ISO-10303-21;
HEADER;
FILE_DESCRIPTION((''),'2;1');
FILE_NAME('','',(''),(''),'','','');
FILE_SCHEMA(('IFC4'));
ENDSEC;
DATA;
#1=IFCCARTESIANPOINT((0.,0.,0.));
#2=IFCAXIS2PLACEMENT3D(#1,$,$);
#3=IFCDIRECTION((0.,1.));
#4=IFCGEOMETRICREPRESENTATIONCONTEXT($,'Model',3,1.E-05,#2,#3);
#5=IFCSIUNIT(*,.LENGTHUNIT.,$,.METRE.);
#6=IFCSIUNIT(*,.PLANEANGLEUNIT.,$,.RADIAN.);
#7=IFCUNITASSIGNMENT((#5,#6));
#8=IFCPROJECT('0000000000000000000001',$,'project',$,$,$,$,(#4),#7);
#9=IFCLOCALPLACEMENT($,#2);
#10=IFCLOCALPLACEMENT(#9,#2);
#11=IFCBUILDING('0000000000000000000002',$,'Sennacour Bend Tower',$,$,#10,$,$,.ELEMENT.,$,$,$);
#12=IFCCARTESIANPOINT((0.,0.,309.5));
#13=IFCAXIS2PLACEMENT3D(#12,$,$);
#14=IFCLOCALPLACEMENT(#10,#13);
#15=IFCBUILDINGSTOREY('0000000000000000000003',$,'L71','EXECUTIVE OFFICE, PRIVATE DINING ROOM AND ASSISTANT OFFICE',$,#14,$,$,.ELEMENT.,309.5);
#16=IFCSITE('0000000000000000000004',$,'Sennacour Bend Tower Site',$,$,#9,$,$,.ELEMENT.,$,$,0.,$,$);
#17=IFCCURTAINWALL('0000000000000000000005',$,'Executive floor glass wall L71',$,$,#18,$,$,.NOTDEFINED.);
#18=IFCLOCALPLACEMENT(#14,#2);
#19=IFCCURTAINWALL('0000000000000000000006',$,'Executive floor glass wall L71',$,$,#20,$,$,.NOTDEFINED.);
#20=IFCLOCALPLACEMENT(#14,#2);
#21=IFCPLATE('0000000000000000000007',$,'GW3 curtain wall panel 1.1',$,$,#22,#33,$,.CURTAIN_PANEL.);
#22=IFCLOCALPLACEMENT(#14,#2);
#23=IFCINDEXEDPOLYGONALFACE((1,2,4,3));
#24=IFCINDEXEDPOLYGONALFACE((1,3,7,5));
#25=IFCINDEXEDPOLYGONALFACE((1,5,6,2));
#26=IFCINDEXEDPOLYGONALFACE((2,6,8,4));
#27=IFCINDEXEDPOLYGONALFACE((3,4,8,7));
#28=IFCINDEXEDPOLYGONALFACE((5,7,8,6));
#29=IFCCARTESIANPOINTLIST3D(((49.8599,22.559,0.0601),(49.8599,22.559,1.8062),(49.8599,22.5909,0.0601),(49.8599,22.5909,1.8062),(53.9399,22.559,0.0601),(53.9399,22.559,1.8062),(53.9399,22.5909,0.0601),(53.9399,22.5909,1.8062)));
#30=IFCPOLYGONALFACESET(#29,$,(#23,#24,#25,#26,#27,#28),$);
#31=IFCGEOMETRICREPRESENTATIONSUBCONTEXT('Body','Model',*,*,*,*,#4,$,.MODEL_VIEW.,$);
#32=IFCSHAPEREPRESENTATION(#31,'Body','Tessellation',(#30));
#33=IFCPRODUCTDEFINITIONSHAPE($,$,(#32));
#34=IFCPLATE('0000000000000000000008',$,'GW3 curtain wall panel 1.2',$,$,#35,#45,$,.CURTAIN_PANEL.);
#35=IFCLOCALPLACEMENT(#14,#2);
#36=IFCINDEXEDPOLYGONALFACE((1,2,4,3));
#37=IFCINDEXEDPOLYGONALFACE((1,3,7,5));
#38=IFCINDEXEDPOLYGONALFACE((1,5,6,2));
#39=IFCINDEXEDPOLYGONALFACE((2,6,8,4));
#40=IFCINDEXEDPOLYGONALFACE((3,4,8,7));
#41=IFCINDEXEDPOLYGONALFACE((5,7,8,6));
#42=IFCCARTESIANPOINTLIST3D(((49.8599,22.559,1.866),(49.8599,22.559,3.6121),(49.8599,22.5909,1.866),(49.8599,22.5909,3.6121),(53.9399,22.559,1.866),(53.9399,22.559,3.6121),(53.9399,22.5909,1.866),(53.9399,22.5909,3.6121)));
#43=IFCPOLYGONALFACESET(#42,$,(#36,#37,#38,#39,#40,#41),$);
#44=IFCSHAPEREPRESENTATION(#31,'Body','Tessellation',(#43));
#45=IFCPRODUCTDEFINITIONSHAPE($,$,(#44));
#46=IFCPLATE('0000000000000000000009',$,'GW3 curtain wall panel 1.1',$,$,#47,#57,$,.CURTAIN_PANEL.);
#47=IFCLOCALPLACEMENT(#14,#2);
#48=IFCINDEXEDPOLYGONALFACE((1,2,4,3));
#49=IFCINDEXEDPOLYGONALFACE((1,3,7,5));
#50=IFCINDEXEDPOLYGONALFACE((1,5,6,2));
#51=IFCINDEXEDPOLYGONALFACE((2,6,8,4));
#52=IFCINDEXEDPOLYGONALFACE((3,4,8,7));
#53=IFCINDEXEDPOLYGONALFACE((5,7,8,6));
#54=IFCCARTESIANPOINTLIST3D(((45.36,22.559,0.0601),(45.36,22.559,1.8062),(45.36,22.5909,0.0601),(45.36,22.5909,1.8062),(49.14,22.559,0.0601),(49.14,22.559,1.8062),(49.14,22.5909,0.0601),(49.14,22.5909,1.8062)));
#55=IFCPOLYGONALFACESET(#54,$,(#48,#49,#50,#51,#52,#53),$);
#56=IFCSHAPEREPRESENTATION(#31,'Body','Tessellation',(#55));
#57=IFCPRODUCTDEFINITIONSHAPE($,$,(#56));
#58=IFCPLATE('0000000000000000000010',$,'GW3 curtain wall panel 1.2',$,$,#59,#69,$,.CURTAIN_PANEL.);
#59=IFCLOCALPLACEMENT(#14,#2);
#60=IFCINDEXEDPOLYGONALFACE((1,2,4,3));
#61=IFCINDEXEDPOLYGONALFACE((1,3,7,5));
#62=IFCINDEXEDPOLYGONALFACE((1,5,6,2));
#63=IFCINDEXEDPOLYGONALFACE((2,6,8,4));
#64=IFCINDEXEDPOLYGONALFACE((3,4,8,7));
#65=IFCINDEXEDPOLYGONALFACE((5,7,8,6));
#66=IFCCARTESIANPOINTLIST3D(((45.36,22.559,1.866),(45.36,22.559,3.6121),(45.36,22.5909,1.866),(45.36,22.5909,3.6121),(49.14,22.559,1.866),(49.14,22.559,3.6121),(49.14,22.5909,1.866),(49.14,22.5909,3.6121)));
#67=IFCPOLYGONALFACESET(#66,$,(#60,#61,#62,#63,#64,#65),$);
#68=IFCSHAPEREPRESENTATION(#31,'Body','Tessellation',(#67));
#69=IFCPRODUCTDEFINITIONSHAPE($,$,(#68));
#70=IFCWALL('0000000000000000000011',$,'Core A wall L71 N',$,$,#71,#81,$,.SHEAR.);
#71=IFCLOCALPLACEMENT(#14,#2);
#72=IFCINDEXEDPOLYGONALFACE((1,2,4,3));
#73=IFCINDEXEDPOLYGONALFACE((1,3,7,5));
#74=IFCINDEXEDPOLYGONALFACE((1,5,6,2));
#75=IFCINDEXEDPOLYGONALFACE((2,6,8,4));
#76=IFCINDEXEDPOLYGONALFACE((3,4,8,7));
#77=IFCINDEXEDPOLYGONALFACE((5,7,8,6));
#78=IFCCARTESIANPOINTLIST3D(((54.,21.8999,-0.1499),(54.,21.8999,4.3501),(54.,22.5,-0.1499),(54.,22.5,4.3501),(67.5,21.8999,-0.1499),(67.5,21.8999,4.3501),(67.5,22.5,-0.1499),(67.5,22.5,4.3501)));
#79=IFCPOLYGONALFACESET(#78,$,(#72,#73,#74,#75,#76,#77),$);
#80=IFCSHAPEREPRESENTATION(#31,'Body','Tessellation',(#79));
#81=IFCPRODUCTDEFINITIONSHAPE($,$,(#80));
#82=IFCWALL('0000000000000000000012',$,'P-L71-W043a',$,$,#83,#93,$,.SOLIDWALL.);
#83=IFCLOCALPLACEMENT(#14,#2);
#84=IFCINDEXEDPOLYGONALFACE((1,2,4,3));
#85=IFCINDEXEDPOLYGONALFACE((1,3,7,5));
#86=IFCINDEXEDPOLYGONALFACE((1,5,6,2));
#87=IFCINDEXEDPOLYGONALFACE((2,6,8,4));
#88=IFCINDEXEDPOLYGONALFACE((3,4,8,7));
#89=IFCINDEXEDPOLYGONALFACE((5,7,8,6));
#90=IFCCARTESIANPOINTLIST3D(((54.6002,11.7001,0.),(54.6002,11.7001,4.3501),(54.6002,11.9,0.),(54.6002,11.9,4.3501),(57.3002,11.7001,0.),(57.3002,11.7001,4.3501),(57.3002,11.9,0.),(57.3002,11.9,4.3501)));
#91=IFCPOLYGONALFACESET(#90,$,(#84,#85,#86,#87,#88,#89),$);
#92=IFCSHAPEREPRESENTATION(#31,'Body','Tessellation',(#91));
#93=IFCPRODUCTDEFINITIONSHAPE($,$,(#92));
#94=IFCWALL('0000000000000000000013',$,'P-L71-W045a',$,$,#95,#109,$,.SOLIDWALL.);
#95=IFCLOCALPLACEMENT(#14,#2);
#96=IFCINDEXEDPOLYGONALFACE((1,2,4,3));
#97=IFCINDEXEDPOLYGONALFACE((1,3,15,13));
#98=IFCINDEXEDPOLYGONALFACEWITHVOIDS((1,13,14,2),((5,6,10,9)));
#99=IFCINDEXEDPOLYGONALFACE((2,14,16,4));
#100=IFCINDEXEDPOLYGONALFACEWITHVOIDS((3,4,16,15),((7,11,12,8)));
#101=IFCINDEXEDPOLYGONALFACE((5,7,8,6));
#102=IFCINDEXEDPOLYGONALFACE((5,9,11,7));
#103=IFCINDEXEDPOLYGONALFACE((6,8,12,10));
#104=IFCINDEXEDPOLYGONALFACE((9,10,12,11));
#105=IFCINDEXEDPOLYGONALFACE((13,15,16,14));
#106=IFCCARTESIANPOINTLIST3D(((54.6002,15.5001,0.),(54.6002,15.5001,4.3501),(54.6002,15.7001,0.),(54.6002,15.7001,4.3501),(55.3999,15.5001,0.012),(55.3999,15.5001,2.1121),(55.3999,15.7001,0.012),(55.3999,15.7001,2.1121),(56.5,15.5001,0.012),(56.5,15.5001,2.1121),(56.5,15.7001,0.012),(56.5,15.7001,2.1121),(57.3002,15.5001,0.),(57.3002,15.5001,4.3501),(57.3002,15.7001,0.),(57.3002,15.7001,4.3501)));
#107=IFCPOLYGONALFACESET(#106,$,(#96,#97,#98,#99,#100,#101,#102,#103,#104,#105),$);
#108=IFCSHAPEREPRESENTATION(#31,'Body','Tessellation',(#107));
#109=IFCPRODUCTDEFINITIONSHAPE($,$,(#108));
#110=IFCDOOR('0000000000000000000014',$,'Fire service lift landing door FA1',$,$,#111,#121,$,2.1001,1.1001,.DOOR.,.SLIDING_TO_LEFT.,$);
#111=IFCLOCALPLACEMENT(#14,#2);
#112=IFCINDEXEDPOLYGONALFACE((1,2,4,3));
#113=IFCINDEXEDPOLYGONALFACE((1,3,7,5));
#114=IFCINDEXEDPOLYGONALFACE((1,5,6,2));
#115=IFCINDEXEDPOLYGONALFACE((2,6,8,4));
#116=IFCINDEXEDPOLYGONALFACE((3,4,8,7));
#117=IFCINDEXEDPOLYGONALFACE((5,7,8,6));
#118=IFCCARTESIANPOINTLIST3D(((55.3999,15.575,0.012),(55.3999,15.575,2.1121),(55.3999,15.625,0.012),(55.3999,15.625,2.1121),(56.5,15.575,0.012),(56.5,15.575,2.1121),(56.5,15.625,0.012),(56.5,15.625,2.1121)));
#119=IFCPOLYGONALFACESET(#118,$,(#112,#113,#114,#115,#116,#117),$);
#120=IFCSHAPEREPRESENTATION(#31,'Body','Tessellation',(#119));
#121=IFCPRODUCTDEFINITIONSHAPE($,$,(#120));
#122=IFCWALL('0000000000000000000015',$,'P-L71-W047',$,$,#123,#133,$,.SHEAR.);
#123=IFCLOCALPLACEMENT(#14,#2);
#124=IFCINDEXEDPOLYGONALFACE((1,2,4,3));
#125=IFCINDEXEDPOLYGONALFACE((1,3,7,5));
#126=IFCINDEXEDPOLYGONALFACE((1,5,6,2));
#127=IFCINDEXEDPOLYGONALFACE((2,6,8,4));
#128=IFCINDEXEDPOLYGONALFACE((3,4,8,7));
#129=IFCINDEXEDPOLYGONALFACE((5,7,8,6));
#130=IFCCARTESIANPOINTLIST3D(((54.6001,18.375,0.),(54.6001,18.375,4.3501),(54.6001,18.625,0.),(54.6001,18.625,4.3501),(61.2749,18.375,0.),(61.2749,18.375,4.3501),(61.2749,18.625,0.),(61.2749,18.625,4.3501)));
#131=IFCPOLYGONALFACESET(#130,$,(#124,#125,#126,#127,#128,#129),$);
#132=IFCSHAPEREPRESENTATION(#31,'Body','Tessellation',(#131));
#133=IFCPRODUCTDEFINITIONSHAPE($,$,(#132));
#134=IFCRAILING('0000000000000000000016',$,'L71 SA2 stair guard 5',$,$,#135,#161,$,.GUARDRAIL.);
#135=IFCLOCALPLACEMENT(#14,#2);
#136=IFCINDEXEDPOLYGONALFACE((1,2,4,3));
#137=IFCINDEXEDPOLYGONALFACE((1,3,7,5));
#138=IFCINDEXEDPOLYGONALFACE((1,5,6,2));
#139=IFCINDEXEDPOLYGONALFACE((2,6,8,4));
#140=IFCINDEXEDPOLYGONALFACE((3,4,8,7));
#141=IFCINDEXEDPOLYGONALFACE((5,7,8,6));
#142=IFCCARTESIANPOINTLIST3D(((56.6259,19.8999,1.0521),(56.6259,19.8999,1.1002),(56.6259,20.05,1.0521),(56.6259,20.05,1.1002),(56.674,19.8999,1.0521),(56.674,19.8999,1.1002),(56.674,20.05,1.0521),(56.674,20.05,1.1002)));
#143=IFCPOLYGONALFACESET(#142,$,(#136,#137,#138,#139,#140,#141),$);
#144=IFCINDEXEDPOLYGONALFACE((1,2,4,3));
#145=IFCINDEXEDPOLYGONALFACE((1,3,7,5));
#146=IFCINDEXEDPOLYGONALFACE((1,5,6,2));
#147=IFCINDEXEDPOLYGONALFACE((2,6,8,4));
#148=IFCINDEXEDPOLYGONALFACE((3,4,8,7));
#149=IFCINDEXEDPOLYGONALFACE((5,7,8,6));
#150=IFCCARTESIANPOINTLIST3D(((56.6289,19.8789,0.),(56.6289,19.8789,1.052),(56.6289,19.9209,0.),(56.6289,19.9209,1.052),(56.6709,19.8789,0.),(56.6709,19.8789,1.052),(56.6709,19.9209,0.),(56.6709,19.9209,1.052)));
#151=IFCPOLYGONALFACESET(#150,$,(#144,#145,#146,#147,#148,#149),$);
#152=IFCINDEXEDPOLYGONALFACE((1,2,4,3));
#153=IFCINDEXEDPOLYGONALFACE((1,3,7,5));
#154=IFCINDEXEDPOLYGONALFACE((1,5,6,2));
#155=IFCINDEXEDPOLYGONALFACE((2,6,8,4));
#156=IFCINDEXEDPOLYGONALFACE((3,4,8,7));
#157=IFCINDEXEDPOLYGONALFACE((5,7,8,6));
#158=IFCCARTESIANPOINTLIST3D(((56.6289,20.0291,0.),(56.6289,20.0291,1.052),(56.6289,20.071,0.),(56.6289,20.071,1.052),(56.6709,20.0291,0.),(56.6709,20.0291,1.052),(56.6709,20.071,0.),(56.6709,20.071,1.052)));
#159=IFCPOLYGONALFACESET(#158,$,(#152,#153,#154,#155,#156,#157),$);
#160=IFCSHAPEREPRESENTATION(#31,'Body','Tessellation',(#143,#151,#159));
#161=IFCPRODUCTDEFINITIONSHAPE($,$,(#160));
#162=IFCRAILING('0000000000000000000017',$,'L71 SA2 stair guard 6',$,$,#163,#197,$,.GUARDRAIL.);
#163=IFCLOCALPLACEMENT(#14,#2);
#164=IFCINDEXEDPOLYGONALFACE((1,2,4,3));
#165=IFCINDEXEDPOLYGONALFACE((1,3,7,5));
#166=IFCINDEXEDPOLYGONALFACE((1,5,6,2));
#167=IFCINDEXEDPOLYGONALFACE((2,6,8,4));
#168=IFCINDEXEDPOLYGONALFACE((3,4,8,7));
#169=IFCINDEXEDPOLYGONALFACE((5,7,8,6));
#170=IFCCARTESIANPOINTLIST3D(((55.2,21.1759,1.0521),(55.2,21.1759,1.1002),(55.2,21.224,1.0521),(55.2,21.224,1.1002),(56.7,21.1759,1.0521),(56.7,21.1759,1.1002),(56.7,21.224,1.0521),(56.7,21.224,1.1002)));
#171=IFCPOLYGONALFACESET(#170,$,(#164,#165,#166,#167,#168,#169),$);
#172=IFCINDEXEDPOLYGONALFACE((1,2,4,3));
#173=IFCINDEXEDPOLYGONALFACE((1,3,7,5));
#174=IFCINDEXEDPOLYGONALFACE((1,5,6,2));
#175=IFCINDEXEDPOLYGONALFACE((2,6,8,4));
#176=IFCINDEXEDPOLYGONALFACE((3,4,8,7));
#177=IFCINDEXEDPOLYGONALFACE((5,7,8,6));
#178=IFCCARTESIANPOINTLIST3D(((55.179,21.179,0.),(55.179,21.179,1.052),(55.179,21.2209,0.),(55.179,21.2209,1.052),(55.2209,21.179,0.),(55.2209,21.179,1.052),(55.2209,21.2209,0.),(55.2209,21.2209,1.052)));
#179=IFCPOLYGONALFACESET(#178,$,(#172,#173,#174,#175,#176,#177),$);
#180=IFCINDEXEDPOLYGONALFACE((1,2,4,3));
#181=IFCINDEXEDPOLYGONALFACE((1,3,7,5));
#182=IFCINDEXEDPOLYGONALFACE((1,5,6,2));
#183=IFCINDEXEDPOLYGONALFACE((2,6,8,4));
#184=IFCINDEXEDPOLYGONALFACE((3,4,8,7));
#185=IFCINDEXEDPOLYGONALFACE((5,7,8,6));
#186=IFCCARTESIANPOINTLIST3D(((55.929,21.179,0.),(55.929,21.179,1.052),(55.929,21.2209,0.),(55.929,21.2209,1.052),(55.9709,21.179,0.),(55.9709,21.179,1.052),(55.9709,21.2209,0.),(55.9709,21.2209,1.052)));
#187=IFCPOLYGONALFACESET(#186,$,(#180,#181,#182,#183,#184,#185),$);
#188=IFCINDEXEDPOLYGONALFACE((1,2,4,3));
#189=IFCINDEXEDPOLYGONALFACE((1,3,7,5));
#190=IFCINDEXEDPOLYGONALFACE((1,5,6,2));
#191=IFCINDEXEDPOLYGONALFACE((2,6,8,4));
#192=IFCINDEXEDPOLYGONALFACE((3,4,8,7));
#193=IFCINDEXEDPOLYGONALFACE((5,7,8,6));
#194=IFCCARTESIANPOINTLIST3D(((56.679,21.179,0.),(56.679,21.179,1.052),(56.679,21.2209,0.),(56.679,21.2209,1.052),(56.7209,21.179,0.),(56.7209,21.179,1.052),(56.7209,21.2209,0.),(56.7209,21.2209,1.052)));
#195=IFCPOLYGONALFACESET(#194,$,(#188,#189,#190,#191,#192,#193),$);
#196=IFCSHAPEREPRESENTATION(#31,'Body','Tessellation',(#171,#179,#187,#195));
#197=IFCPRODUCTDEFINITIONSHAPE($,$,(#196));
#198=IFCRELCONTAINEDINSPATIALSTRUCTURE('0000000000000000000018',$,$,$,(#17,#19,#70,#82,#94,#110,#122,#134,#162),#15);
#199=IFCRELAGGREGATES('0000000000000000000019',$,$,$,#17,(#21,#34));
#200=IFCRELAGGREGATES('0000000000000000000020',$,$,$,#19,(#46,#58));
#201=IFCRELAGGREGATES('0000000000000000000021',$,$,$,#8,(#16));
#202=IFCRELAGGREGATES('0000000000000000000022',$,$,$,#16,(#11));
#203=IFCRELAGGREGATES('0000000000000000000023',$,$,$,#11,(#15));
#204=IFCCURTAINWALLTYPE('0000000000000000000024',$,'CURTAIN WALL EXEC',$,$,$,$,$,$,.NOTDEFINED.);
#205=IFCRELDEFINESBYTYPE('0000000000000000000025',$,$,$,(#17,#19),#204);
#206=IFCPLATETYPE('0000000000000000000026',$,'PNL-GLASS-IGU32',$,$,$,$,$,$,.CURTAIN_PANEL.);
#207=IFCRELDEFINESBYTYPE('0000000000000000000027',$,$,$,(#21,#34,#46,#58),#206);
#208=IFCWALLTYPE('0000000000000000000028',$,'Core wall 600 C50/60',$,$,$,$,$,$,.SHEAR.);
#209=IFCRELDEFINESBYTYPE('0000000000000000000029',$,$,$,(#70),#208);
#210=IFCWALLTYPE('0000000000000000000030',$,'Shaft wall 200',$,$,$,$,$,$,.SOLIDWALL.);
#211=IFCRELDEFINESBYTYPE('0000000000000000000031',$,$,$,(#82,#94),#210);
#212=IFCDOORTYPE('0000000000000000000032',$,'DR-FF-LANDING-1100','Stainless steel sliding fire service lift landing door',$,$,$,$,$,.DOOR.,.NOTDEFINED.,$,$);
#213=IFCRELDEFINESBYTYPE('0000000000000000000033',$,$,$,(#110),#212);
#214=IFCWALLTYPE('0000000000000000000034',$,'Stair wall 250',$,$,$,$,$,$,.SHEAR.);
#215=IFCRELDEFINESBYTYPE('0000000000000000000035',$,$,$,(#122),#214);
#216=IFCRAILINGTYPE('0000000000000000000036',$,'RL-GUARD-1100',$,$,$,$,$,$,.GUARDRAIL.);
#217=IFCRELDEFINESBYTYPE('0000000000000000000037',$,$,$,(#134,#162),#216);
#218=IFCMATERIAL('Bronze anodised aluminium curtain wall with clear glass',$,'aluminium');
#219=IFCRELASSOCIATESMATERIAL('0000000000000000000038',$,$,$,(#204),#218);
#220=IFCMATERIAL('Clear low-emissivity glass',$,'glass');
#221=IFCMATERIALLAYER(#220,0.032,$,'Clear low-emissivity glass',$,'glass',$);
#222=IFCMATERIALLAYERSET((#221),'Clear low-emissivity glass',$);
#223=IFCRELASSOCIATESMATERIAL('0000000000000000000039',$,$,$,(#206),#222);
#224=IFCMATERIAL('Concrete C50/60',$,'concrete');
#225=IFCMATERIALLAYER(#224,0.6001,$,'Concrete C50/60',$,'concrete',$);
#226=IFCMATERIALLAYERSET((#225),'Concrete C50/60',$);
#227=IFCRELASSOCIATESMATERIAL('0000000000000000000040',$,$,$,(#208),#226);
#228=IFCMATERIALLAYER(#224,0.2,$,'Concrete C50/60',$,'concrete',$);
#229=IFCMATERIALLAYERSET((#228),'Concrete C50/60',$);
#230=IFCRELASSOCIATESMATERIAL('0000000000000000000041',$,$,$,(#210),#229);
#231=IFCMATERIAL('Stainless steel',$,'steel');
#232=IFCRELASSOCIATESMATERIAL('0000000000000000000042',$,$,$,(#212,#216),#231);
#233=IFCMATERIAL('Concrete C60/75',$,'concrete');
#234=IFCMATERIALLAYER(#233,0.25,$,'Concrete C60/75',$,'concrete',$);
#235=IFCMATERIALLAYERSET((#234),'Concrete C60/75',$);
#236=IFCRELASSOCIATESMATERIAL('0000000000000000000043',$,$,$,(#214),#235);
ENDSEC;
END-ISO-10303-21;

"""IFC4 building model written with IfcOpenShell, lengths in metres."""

from ifc_helpers import new_model, si_unit, direction, frame, frame_2d, origin, origin_2d, place, context, subcontext, project, spatial, rectangle, extrude, material, layer, layer_set, type_object, element, fill, aggregate, save


model = new_model("IFC4")

# Units and contexts
model_context = context("Model", 3, precision=1e-05, world=origin(), true_north=direction((0.0, 1.0)))
body_context = subcontext(model_context, "Body", "Model", "MODEL_VIEW")
ifc_project = project(units=[si_unit("LENGTHUNIT", "METRE"), si_unit("PLANEANGLEUNIT", "RADIAN")], contexts=[model_context])

# Site, building, storey
site_placement = place(None, origin())
site = spatial("IfcSite", under=ifc_project, at=site_placement, Name="Sennacour Bend Tower Site", CompositionType="ELEMENT", RefElevation=0.0)
building_placement = place(site_placement, origin())
building = spatial("IfcBuilding", under=site, at=building_placement, Name="Sennacour Bend Tower", CompositionType="ELEMENT")
storey_placement = place(building_placement, frame((0.0, 0.0, 309.5)))
storey = spatial("IfcBuildingStorey", under=building, at=storey_placement, Name="L71", Description="EXECUTIVE OFFICE, PRIVATE DINING ROOM AND ASSISTANT OFFICE", CompositionType="ELEMENT", Elevation=309.5)

# Curtain wall
ifc_material_1 = material(Name="Bronze anodised aluminium curtain wall with clear glass", Category="aluminium")
curtain_wall_type = type_object("IfcCurtainWallType", Name="CURTAIN WALL EXEC", PredefinedType="NOTDEFINED", material=ifc_material_1)
curtain_wall_1_placement = place(storey_placement, origin())
curtain_wall_1 = element("IfcCurtainWall", 1, at=curtain_wall_1_placement, inside=storey, type_object=curtain_wall_type, Name="Executive floor glass wall L71", PredefinedType="NOTDEFINED")

# Curtain wall
curtain_wall_2_placement = place(storey_placement, origin())
curtain_wall_2 = element("IfcCurtainWall", 2, at=curtain_wall_2_placement, inside=storey, type_object=curtain_wall_type, Name="Executive floor glass wall L71", PredefinedType="NOTDEFINED")

# Plates
ifc_material_2 = material(Name="Clear low-emissivity glass", Category="glass")
ifc_layer_1 = layer(ifc_material_2, 0.032, Name="Clear low-emissivity glass", Category="glass")
ifc_layer_set_1 = layer_set([ifc_layer_1], Name="Clear low-emissivity glass")
plate_type = type_object("IfcPlateType", Name="PNL-GLASS-IGU32", PredefinedType="CURTAIN_PANEL", material=ifc_layer_set_1)
plate_1_placement = place(storey_placement, frame((51.8999, 22.575, 0.0601), z_axis=(0.0, 0.0, 1.0), x_axis=(-1.0, 0.0, 0.0)))
plate_1 = element("IfcPlate", 3, at=plate_1_placement, type_object=plate_type, Name="GW3 curtain wall panel 1.1", PredefinedType="CURTAIN_PANEL", context=body_context, shape_type="SweptSolid", body=[
    extrude(rectangle(XDim=4.0801, YDim=0.032, at=origin_2d()), origin(), (0.0, 0.0, 1.0), 1.7461),
])
plate_2_placement = place(storey_placement, frame((51.8999, 22.575, 1.866), z_axis=(0.0, 0.0, 1.0), x_axis=(-1.0, 0.0, 0.0)))
plate_2 = element("IfcPlate", 4, at=plate_2_placement, type_object=plate_type, Name="GW3 curtain wall panel 1.2", PredefinedType="CURTAIN_PANEL", context=body_context, shape_type="SweptSolid", body=[
    extrude(rectangle(XDim=4.0801, YDim=0.032, at=origin_2d()), origin(), (0.0, 0.0, 1.0), 1.7461),
])
aggregate(curtain_wall_1, [plate_1, plate_2])
plate_3_placement = place(storey_placement, frame((47.25, 22.575, 0.0601), z_axis=(0.0, 0.0, 1.0), x_axis=(-1.0, 0.0, 0.0)))
plate_3 = element("IfcPlate", 5, at=plate_3_placement, type_object=plate_type, Name="GW3 curtain wall panel 1.1", PredefinedType="CURTAIN_PANEL", context=body_context, shape_type="SweptSolid", body=[
    extrude(rectangle(XDim=3.78, YDim=0.032, at=origin_2d()), origin(), (0.0, 0.0, 1.0), 1.7461),
])
plate_4_placement = place(storey_placement, frame((47.25, 22.575, 1.866), z_axis=(0.0, 0.0, 1.0), x_axis=(-1.0, 0.0, 0.0)))
plate_4 = element("IfcPlate", 6, at=plate_4_placement, type_object=plate_type, Name="GW3 curtain wall panel 1.2", PredefinedType="CURTAIN_PANEL", context=body_context, shape_type="SweptSolid", body=[
    extrude(rectangle(XDim=3.78, YDim=0.032, at=origin_2d()), origin(), (0.0, 0.0, 1.0), 1.7461),
])
aggregate(curtain_wall_2, [plate_3, plate_4])

# Walls
ifc_material_3 = material(Name="Concrete C50/60", Category="concrete")
ifc_layer_2 = layer(ifc_material_3, 0.6001, Name="Concrete C50/60", Category="concrete")
ifc_layer_set_2 = layer_set([ifc_layer_2], Name="Concrete C50/60")
wall_type_1 = type_object("IfcWallType", Name="Core wall 600 C50/60", PredefinedType="SHEAR", material=ifc_layer_set_2)
wall_1_placement = place(storey_placement, frame((54.0, 22.2, -0.1499), z_axis=(0.0, 0.0, 1.0), x_axis=(1.0, 0.0, 0.0)))
element("IfcWall", 7, at=wall_1_placement, inside=storey, type_object=wall_type_1, Name="Core A wall L71 N", PredefinedType="SHEAR", context=body_context, shape_type="SweptSolid", body=[
    extrude(rectangle(XDim=13.5, YDim=0.6001, at=frame_2d((6.75, 0.0))), origin(), (0.0, 0.0, 1.0), 4.5),
])
ifc_layer_3 = layer(ifc_material_3, 0.2, Name="Concrete C50/60", Category="concrete")
ifc_layer_set_3 = layer_set([ifc_layer_3], Name="Concrete C50/60")
wall_type_2 = type_object("IfcWallType", Name="Shaft wall 200", PredefinedType="SOLIDWALL", material=ifc_layer_set_3)
wall_2_placement = place(storey_placement, frame((54.6001, 11.8, 0.0), z_axis=(0.0, 0.0, 1.0), x_axis=(1.0, 0.0, 0.0)))
element("IfcWall", 8, at=wall_2_placement, inside=storey, type_object=wall_type_2, Name="P-L71-W043a", PredefinedType="SOLIDWALL", context=body_context, shape_type="SweptSolid", body=[
    extrude(rectangle(XDim=2.7, YDim=0.2, at=frame_2d((1.3501, 0.0))), origin(), (0.0, 0.0, 1.0), 4.3501),
])

# Wall, opening, door
wall_3_placement = place(storey_placement, frame((54.6001, 15.6001, 0.0), z_axis=(0.0, 0.0, 1.0), x_axis=(1.0, 0.0, 0.0)))
wall_3 = element("IfcWall", 9, at=wall_3_placement, inside=storey, type_object=wall_type_2, Name="P-L71-W045a", PredefinedType="SOLIDWALL", context=body_context, shape_type="SweptSolid", body=[
    extrude(rectangle(XDim=2.7, YDim=0.2, at=frame_2d((1.3501, 0.0))), origin(), (0.0, 0.0, 1.0), 4.3501),
])
opening_placement = place(wall_3_placement, frame((0.7998, 0.0, 0.012)))
opening = element("IfcOpeningElement", 10, at=opening_placement, cuts=wall_3, PredefinedType="OPENING", context=body_context, shape_type="SweptSolid", body=[
    extrude(rectangle(XDim=1.1001, YDim=2.1001, at=frame_2d((0.55, 1.05))), frame((0.0, 0.1099, 0.0), z_axis=(0.0, -1.0, 0.0), x_axis=(1.0, 0.0, 0.0)), (0.0, 0.0, 1.0), 0.22),
])
ifc_material_4 = material(Name="Stainless steel", Category="steel")
door_type = type_object("IfcDoorType", Name="DR-FF-LANDING-1100", Description="Stainless steel sliding fire service lift landing door", OperationType="NOTDEFINED", PredefinedType="DOOR", material=ifc_material_4)
door_placement = place(opening_placement, origin())
door = element("IfcDoor", 11, at=door_placement, inside=storey, type_object=door_type, Name="Fire service lift landing door FA1", OperationType="SLIDING_TO_LEFT", OverallHeight=2.1001, OverallWidth=1.1001, PredefinedType="DOOR", context=body_context, shape_type="SweptSolid", body=[
    extrude(rectangle(XDim=1.1001, YDim=2.1001, at=frame_2d((0.55, 1.05))), frame((0.0, 0.0249, 0.0), z_axis=(0.0, -1.0, 0.0), x_axis=(1.0, 0.0, 0.0)), (0.0, 0.0, 1.0), 0.05),
])
fill(opening, door)

# Wall
ifc_material_5 = material(Name="Concrete C60/75", Category="concrete")
ifc_layer_4 = layer(ifc_material_5, 0.25, Name="Concrete C60/75", Category="concrete")
ifc_layer_set_4 = layer_set([ifc_layer_4], Name="Concrete C60/75")
wall_type_3 = type_object("IfcWallType", Name="Stair wall 250", PredefinedType="SHEAR", material=ifc_layer_set_4)
wall_4_placement = place(storey_placement, frame((54.6001, 18.5, 0.0), z_axis=(0.0, 0.0, 1.0), x_axis=(1.0, 0.0, 0.0)))
element("IfcWall", 12, at=wall_4_placement, inside=storey, type_object=wall_type_3, Name="P-L71-W047", PredefinedType="SHEAR", context=body_context, shape_type="SweptSolid", body=[
    extrude(rectangle(XDim=6.6748, YDim=0.25, at=frame_2d((3.3374, 0.0))), origin(), (0.0, 0.0, 1.0), 4.3501),
])

# Railings
railing_type_1 = type_object("IfcRailingType", Name="RL-GUARD-1100", PredefinedType="GUARDRAIL", material=ifc_material_4)
railing_1_placement = place(storey_placement, frame((56.6499, 19.8999, 0.0)))
element("IfcRailing", 13, at=railing_1_placement, inside=storey, type_object=railing_type_1, Name="L71 SA2 stair guard 5", PredefinedType="GUARDRAIL", context=body_context, shape_type="SweptSolid", body=[
    extrude(rectangle(XDim=0.0481, YDim=0.0481, at=origin_2d()), frame((0.0, 0.0, 1.0762), z_axis=(0.0, 1.0, 0.0), x_axis=(-1.0, 0.0, 0.0)), (0.0, 0.0, 1.0), 0.1501),
    extrude(rectangle(XDim=0.042, YDim=0.042, at=origin_2d()), origin(), (0.0, 0.0, 1.0), 1.052),
    extrude(rectangle(XDim=0.042, YDim=0.042, at=origin_2d()), frame((0.0, 0.1501, 0.0)), (0.0, 0.0, 1.0), 1.052),
])
railing_2_placement = place(storey_placement, frame((55.2, 21.2, 0.0)))
element("IfcRailing", 14, at=railing_2_placement, inside=storey, type_object=railing_type_1, Name="L71 SA2 stair guard 6", PredefinedType="GUARDRAIL", context=body_context, shape_type="SweptSolid", body=[
    extrude(rectangle(XDim=0.0481, YDim=0.0481, at=origin_2d()), frame((0.0, 0.0, 1.0762), z_axis=(1.0, 0.0, 0.0), x_axis=(0.0, 1.0, 0.0)), (0.0, 0.0, 1.0), 1.5),
    extrude(rectangle(XDim=0.042, YDim=0.042, at=origin_2d()), origin(), (0.0, 0.0, 1.0), 1.052),
    extrude(rectangle(XDim=0.042, YDim=0.042, at=origin_2d()), frame((0.75, 0.0, 0.0)), (0.0, 0.0, 1.0), 1.052),
    extrude(rectangle(XDim=0.042, YDim=0.042, at=origin_2d()), frame((1.5, 0.0, 0.0)), (0.0, 0.0, 1.0), 1.052),
])

save(model, "model.ifc")
